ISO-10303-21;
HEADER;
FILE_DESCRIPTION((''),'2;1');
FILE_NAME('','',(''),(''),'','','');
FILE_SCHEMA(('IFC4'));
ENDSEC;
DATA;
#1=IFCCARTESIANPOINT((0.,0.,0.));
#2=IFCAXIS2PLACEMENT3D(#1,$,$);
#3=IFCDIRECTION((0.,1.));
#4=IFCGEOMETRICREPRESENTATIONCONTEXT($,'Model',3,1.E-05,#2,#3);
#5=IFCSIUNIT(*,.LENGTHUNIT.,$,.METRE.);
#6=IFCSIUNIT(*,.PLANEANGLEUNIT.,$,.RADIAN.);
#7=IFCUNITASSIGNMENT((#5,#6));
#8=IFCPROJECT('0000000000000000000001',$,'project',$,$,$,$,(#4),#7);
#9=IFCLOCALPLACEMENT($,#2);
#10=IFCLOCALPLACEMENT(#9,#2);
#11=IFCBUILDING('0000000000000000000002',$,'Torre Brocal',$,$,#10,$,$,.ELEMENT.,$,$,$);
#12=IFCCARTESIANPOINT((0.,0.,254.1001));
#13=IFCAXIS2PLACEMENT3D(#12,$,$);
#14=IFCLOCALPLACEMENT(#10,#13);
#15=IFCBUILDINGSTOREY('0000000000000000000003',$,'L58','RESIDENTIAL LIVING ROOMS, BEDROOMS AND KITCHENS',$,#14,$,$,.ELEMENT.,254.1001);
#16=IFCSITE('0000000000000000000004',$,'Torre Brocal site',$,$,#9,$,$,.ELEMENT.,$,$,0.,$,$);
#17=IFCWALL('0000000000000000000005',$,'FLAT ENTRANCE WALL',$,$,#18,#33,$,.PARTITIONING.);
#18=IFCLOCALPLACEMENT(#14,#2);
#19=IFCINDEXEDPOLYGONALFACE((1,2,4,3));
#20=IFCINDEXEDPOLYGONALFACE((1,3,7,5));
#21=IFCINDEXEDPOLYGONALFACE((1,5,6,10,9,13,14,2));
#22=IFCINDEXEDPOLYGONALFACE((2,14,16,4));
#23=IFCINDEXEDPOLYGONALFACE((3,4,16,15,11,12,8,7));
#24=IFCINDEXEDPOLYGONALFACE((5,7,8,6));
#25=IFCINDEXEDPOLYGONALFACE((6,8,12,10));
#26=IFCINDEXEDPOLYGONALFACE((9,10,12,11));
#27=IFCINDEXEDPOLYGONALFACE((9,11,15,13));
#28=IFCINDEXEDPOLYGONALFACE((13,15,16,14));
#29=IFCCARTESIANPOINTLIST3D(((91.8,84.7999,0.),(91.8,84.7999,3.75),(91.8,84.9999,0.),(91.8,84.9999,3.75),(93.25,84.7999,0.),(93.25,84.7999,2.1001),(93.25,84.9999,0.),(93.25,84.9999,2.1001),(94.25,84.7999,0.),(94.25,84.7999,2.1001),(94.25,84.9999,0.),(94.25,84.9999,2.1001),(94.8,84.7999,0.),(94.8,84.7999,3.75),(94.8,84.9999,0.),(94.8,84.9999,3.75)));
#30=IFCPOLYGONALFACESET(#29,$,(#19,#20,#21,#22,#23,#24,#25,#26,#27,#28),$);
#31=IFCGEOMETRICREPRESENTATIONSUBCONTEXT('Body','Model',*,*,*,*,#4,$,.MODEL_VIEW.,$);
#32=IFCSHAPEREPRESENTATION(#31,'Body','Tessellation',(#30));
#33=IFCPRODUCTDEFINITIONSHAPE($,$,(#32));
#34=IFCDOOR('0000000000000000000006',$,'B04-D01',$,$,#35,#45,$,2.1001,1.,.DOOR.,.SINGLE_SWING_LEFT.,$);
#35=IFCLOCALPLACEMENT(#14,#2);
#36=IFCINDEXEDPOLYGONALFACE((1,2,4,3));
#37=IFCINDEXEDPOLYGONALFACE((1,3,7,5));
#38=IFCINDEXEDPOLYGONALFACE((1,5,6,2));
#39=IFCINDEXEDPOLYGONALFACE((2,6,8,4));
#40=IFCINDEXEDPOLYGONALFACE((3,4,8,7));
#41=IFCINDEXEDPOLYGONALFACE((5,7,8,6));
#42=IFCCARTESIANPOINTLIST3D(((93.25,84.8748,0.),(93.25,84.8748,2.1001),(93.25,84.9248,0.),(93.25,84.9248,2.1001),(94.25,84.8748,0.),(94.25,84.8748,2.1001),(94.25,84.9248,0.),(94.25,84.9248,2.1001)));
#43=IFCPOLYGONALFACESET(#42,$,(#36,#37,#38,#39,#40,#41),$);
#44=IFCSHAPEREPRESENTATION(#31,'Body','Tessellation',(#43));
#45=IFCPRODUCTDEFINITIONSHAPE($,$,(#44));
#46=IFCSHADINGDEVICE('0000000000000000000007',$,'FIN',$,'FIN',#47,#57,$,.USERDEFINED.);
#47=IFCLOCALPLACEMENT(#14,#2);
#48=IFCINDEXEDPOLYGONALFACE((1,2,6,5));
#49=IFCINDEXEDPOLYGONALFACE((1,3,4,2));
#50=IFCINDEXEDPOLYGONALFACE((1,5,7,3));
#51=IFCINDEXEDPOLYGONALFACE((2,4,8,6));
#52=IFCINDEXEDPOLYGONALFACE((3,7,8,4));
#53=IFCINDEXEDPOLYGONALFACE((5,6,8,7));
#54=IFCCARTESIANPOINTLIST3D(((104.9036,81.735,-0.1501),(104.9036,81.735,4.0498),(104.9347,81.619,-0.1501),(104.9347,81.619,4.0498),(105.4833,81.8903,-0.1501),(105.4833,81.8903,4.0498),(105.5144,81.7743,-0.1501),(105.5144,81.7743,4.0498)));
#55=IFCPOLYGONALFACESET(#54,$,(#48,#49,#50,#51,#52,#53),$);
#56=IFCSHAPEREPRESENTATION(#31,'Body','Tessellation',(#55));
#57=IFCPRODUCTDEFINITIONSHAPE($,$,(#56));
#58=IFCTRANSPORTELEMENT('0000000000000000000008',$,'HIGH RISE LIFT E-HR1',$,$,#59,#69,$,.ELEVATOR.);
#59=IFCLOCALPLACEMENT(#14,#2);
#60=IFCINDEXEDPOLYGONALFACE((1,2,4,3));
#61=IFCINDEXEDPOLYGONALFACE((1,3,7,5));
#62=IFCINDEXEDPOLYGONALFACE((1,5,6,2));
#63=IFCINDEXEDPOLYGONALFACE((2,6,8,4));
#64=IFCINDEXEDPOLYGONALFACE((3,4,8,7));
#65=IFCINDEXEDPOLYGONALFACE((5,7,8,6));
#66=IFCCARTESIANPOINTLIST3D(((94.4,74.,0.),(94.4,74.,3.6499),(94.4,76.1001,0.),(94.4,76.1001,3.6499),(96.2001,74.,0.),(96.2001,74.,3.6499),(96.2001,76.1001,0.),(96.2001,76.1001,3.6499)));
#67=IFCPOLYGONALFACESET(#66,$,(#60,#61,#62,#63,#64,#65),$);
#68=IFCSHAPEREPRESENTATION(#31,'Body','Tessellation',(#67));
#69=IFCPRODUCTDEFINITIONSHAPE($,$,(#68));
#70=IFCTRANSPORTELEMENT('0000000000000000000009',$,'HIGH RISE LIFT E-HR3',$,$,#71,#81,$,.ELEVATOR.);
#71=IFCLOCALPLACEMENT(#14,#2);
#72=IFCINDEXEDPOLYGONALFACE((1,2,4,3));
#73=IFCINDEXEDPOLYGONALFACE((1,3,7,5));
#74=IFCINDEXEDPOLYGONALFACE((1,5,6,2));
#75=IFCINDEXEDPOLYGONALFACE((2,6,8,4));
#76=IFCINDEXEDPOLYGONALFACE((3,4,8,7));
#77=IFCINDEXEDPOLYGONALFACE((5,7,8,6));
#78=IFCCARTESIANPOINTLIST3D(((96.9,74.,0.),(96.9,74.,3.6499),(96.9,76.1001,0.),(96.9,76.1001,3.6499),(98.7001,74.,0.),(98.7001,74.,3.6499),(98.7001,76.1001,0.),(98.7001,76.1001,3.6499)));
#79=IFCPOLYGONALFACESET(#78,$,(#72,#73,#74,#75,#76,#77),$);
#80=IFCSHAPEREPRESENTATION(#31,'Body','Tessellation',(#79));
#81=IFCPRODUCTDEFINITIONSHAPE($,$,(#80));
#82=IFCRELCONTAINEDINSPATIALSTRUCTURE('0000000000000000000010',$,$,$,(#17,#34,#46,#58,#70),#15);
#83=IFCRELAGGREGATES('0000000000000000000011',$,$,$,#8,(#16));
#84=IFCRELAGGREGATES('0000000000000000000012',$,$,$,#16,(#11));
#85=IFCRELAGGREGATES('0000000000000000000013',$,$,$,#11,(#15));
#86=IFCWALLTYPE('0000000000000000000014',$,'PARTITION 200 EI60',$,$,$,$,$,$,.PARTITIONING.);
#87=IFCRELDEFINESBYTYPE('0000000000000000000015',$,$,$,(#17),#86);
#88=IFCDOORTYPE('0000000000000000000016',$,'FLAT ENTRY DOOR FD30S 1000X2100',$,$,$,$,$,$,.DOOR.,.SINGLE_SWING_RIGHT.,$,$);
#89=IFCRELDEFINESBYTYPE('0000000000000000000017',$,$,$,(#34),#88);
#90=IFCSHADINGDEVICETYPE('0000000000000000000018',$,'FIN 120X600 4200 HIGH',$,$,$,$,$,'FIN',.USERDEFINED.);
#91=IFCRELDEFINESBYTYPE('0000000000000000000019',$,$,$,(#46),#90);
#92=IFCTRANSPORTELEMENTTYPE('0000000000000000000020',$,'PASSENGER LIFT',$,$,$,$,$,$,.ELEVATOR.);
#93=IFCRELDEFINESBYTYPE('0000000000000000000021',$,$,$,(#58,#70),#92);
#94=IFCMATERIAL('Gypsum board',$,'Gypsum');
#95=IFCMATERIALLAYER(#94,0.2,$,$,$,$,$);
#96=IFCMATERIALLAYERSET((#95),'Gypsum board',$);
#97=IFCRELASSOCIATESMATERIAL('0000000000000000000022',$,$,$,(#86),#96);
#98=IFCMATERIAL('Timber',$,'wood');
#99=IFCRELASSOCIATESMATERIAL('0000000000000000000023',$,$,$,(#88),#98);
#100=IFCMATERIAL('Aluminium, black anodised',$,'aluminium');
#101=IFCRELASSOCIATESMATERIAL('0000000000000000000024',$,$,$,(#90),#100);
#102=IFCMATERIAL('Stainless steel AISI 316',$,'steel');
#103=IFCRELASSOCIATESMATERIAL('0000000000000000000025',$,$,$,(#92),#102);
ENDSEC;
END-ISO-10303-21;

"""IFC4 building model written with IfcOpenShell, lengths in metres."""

from ifc_helpers import new_model, si_unit, direction, frame, frame_2d, origin, origin_2d, place, context, subcontext, project, spatial, rectangle, extrude, material, layer, layer_set, material_profile, profile_set, type_object, element, fill, save


model = new_model("IFC4")

# Units and contexts
model_context = context("Model", 3, precision=1e-05, world=origin(), true_north=direction((0.0, 1.0)))
body_context = subcontext(model_context, "Body", "Model", "MODEL_VIEW")
ifc_project = project(units=[si_unit("LENGTHUNIT", "METRE"), si_unit("PLANEANGLEUNIT", "RADIAN")], contexts=[model_context])

# Site, building, storey
site_placement = place(None, origin())
site = spatial("IfcSite", under=ifc_project, at=site_placement, Name="Torre Brocal site", CompositionType="ELEMENT", RefElevation=0.0)
building_placement = place(site_placement, origin())
building = spatial("IfcBuilding", under=site, at=building_placement, Name="Torre Brocal", CompositionType="ELEMENT")
storey_placement = place(building_placement, frame((0.0, 0.0, 254.1001)))
storey = spatial("IfcBuildingStorey", under=building, at=storey_placement, Name="L58", Description="RESIDENTIAL LIVING ROOMS, BEDROOMS AND KITCHENS", CompositionType="ELEMENT", Elevation=254.1001)

# Wall, opening, door
ifc_material_1 = material(Name="Gypsum board", Category="Gypsum")
ifc_layer_1 = layer(ifc_material_1, 0.2)
ifc_layer_set_1 = layer_set([ifc_layer_1], Name="Gypsum board")
wall_type_1 = type_object("IfcWallType", Name="PARTITION 200 EI60", PredefinedType="PARTITIONING", material=ifc_layer_set_1)
wall_1_placement = place(storey_placement, frame((91.8, 84.8999, 0.0), z_axis=(0.0, 0.0, 1.0), x_axis=(1.0, 0.0, 0.0)))
wall_1 = element("IfcWall", 1, at=wall_1_placement, inside=storey, type_object=wall_type_1, Name="FLAT ENTRANCE WALL", PredefinedType="PARTITIONING", context=body_context, shape_type="SweptSolid", body=[
    extrude(rectangle(XDim=3.0, YDim=0.2, at=frame_2d((1.5, 0.0))), origin(), (0.0, 0.0, 1.0), 3.75),
])
opening_1_placement = place(wall_1_placement, frame((1.45, 0.0, 0.0)))
opening_1 = element("IfcOpeningElement", 2, at=opening_1_placement, cuts=wall_1, PredefinedType="OPENING", context=body_context, shape_type="SweptSolid", body=[
    extrude(rectangle(XDim=1.0, YDim=2.1001, at=frame_2d((0.5, 1.05))), frame((0.0, 0.1099, 0.0), z_axis=(0.0, -1.0, 0.0), x_axis=(1.0, 0.0, 0.0)), (0.0, 0.0, 1.0), 0.22),
])
ifc_material_2 = material(Name="Timber", Category="wood")
door_type_1 = type_object("IfcDoorType", Name="FLAT ENTRY DOOR FD30S 1000X2100", OperationType="SINGLE_SWING_RIGHT", PredefinedType="DOOR", material=ifc_material_2)
door_1_placement = place(opening_1_placement, origin())
door_1 = element("IfcDoor", 3, at=door_1_placement, inside=storey, type_object=door_type_1, Name="B04-D01", OperationType="SINGLE_SWING_LEFT", OverallHeight=2.1001, OverallWidth=1.0, PredefinedType="DOOR", context=body_context, shape_type="SweptSolid", body=[
    extrude(rectangle(XDim=1.0, YDim=2.1001, at=frame_2d((0.5, 1.05))), frame((0.0, 0.0249, 0.0), z_axis=(0.0, -1.0, 0.0), x_axis=(1.0, 0.0, 0.0)), (0.0, 0.0, 1.0), 0.05),
])
fill(opening_1, door_1)

# Shading device
ifc_material_3 = material(Name="Aluminium, black anodised", Category="aluminium")
ifc_material_profile_1 = material_profile(ifc_material_3, rectangle(XDim=0.1201, YDim=0.6001, at=origin_2d()), Name="FIN 120X600 4200 HIGH")
ifc_profile_set_1 = profile_set([ifc_material_profile_1], Name="Aluminium, black anodised")
shading_device_type = type_object("IfcShadingDeviceType", Name="FIN 120X600 4200 HIGH", ElementType="FIN", PredefinedType="USERDEFINED", material=ifc_profile_set_1)
shading_device_placement = place(storey_placement, frame((105.209, 81.7546, -0.1501), z_axis=(0.0, 0.0, 1.0), x_axis=(-0.258819, 0.965926, 0.0)))
element("IfcShadingDevice", 4, at=shading_device_placement, inside=storey, type_object=shading_device_type, Name="FIN", ObjectType="FIN", PredefinedType="USERDEFINED", context=body_context, shape_type="SweptSolid", body=[
    extrude(rectangle(XDim=0.1201, YDim=0.6001, at=origin_2d()), origin(), (0.0, 0.0, 1.0), 4.2),
])

# Transport elements
ifc_material_4 = material(Name="Stainless steel AISI 316", Category="steel")
transport_element_type = type_object("IfcTransportElementType", Name="PASSENGER LIFT", PredefinedType="ELEVATOR", material=ifc_material_4)
for number, where, z_axis, x_axis, name in (
    (5, (95.3, 75.05, 0.0), (0.0, 0.0, 1.0), (1.0, 0.0, 0.0), "HIGH RISE LIFT E-HR1"),
    (6, (97.8, 75.05, 0.0), (0.0, 0.0, 1.0), (1.0, 0.0, 0.0), "HIGH RISE LIFT E-HR3"),
):
    element("IfcTransportElement", number, at=place(storey_placement, frame(where, z_axis=z_axis, x_axis=x_axis)), inside=storey, type_object=transport_element_type, Name=name, PredefinedType="ELEVATOR", context=body_context, shape_type="SweptSolid", body=[
        extrude(rectangle(XDim=1.8, YDim=2.1001, at=origin_2d()), origin(), (0.0, 0.0, 1.0), 3.6499),
    ])

save(model, "model.ifc")
